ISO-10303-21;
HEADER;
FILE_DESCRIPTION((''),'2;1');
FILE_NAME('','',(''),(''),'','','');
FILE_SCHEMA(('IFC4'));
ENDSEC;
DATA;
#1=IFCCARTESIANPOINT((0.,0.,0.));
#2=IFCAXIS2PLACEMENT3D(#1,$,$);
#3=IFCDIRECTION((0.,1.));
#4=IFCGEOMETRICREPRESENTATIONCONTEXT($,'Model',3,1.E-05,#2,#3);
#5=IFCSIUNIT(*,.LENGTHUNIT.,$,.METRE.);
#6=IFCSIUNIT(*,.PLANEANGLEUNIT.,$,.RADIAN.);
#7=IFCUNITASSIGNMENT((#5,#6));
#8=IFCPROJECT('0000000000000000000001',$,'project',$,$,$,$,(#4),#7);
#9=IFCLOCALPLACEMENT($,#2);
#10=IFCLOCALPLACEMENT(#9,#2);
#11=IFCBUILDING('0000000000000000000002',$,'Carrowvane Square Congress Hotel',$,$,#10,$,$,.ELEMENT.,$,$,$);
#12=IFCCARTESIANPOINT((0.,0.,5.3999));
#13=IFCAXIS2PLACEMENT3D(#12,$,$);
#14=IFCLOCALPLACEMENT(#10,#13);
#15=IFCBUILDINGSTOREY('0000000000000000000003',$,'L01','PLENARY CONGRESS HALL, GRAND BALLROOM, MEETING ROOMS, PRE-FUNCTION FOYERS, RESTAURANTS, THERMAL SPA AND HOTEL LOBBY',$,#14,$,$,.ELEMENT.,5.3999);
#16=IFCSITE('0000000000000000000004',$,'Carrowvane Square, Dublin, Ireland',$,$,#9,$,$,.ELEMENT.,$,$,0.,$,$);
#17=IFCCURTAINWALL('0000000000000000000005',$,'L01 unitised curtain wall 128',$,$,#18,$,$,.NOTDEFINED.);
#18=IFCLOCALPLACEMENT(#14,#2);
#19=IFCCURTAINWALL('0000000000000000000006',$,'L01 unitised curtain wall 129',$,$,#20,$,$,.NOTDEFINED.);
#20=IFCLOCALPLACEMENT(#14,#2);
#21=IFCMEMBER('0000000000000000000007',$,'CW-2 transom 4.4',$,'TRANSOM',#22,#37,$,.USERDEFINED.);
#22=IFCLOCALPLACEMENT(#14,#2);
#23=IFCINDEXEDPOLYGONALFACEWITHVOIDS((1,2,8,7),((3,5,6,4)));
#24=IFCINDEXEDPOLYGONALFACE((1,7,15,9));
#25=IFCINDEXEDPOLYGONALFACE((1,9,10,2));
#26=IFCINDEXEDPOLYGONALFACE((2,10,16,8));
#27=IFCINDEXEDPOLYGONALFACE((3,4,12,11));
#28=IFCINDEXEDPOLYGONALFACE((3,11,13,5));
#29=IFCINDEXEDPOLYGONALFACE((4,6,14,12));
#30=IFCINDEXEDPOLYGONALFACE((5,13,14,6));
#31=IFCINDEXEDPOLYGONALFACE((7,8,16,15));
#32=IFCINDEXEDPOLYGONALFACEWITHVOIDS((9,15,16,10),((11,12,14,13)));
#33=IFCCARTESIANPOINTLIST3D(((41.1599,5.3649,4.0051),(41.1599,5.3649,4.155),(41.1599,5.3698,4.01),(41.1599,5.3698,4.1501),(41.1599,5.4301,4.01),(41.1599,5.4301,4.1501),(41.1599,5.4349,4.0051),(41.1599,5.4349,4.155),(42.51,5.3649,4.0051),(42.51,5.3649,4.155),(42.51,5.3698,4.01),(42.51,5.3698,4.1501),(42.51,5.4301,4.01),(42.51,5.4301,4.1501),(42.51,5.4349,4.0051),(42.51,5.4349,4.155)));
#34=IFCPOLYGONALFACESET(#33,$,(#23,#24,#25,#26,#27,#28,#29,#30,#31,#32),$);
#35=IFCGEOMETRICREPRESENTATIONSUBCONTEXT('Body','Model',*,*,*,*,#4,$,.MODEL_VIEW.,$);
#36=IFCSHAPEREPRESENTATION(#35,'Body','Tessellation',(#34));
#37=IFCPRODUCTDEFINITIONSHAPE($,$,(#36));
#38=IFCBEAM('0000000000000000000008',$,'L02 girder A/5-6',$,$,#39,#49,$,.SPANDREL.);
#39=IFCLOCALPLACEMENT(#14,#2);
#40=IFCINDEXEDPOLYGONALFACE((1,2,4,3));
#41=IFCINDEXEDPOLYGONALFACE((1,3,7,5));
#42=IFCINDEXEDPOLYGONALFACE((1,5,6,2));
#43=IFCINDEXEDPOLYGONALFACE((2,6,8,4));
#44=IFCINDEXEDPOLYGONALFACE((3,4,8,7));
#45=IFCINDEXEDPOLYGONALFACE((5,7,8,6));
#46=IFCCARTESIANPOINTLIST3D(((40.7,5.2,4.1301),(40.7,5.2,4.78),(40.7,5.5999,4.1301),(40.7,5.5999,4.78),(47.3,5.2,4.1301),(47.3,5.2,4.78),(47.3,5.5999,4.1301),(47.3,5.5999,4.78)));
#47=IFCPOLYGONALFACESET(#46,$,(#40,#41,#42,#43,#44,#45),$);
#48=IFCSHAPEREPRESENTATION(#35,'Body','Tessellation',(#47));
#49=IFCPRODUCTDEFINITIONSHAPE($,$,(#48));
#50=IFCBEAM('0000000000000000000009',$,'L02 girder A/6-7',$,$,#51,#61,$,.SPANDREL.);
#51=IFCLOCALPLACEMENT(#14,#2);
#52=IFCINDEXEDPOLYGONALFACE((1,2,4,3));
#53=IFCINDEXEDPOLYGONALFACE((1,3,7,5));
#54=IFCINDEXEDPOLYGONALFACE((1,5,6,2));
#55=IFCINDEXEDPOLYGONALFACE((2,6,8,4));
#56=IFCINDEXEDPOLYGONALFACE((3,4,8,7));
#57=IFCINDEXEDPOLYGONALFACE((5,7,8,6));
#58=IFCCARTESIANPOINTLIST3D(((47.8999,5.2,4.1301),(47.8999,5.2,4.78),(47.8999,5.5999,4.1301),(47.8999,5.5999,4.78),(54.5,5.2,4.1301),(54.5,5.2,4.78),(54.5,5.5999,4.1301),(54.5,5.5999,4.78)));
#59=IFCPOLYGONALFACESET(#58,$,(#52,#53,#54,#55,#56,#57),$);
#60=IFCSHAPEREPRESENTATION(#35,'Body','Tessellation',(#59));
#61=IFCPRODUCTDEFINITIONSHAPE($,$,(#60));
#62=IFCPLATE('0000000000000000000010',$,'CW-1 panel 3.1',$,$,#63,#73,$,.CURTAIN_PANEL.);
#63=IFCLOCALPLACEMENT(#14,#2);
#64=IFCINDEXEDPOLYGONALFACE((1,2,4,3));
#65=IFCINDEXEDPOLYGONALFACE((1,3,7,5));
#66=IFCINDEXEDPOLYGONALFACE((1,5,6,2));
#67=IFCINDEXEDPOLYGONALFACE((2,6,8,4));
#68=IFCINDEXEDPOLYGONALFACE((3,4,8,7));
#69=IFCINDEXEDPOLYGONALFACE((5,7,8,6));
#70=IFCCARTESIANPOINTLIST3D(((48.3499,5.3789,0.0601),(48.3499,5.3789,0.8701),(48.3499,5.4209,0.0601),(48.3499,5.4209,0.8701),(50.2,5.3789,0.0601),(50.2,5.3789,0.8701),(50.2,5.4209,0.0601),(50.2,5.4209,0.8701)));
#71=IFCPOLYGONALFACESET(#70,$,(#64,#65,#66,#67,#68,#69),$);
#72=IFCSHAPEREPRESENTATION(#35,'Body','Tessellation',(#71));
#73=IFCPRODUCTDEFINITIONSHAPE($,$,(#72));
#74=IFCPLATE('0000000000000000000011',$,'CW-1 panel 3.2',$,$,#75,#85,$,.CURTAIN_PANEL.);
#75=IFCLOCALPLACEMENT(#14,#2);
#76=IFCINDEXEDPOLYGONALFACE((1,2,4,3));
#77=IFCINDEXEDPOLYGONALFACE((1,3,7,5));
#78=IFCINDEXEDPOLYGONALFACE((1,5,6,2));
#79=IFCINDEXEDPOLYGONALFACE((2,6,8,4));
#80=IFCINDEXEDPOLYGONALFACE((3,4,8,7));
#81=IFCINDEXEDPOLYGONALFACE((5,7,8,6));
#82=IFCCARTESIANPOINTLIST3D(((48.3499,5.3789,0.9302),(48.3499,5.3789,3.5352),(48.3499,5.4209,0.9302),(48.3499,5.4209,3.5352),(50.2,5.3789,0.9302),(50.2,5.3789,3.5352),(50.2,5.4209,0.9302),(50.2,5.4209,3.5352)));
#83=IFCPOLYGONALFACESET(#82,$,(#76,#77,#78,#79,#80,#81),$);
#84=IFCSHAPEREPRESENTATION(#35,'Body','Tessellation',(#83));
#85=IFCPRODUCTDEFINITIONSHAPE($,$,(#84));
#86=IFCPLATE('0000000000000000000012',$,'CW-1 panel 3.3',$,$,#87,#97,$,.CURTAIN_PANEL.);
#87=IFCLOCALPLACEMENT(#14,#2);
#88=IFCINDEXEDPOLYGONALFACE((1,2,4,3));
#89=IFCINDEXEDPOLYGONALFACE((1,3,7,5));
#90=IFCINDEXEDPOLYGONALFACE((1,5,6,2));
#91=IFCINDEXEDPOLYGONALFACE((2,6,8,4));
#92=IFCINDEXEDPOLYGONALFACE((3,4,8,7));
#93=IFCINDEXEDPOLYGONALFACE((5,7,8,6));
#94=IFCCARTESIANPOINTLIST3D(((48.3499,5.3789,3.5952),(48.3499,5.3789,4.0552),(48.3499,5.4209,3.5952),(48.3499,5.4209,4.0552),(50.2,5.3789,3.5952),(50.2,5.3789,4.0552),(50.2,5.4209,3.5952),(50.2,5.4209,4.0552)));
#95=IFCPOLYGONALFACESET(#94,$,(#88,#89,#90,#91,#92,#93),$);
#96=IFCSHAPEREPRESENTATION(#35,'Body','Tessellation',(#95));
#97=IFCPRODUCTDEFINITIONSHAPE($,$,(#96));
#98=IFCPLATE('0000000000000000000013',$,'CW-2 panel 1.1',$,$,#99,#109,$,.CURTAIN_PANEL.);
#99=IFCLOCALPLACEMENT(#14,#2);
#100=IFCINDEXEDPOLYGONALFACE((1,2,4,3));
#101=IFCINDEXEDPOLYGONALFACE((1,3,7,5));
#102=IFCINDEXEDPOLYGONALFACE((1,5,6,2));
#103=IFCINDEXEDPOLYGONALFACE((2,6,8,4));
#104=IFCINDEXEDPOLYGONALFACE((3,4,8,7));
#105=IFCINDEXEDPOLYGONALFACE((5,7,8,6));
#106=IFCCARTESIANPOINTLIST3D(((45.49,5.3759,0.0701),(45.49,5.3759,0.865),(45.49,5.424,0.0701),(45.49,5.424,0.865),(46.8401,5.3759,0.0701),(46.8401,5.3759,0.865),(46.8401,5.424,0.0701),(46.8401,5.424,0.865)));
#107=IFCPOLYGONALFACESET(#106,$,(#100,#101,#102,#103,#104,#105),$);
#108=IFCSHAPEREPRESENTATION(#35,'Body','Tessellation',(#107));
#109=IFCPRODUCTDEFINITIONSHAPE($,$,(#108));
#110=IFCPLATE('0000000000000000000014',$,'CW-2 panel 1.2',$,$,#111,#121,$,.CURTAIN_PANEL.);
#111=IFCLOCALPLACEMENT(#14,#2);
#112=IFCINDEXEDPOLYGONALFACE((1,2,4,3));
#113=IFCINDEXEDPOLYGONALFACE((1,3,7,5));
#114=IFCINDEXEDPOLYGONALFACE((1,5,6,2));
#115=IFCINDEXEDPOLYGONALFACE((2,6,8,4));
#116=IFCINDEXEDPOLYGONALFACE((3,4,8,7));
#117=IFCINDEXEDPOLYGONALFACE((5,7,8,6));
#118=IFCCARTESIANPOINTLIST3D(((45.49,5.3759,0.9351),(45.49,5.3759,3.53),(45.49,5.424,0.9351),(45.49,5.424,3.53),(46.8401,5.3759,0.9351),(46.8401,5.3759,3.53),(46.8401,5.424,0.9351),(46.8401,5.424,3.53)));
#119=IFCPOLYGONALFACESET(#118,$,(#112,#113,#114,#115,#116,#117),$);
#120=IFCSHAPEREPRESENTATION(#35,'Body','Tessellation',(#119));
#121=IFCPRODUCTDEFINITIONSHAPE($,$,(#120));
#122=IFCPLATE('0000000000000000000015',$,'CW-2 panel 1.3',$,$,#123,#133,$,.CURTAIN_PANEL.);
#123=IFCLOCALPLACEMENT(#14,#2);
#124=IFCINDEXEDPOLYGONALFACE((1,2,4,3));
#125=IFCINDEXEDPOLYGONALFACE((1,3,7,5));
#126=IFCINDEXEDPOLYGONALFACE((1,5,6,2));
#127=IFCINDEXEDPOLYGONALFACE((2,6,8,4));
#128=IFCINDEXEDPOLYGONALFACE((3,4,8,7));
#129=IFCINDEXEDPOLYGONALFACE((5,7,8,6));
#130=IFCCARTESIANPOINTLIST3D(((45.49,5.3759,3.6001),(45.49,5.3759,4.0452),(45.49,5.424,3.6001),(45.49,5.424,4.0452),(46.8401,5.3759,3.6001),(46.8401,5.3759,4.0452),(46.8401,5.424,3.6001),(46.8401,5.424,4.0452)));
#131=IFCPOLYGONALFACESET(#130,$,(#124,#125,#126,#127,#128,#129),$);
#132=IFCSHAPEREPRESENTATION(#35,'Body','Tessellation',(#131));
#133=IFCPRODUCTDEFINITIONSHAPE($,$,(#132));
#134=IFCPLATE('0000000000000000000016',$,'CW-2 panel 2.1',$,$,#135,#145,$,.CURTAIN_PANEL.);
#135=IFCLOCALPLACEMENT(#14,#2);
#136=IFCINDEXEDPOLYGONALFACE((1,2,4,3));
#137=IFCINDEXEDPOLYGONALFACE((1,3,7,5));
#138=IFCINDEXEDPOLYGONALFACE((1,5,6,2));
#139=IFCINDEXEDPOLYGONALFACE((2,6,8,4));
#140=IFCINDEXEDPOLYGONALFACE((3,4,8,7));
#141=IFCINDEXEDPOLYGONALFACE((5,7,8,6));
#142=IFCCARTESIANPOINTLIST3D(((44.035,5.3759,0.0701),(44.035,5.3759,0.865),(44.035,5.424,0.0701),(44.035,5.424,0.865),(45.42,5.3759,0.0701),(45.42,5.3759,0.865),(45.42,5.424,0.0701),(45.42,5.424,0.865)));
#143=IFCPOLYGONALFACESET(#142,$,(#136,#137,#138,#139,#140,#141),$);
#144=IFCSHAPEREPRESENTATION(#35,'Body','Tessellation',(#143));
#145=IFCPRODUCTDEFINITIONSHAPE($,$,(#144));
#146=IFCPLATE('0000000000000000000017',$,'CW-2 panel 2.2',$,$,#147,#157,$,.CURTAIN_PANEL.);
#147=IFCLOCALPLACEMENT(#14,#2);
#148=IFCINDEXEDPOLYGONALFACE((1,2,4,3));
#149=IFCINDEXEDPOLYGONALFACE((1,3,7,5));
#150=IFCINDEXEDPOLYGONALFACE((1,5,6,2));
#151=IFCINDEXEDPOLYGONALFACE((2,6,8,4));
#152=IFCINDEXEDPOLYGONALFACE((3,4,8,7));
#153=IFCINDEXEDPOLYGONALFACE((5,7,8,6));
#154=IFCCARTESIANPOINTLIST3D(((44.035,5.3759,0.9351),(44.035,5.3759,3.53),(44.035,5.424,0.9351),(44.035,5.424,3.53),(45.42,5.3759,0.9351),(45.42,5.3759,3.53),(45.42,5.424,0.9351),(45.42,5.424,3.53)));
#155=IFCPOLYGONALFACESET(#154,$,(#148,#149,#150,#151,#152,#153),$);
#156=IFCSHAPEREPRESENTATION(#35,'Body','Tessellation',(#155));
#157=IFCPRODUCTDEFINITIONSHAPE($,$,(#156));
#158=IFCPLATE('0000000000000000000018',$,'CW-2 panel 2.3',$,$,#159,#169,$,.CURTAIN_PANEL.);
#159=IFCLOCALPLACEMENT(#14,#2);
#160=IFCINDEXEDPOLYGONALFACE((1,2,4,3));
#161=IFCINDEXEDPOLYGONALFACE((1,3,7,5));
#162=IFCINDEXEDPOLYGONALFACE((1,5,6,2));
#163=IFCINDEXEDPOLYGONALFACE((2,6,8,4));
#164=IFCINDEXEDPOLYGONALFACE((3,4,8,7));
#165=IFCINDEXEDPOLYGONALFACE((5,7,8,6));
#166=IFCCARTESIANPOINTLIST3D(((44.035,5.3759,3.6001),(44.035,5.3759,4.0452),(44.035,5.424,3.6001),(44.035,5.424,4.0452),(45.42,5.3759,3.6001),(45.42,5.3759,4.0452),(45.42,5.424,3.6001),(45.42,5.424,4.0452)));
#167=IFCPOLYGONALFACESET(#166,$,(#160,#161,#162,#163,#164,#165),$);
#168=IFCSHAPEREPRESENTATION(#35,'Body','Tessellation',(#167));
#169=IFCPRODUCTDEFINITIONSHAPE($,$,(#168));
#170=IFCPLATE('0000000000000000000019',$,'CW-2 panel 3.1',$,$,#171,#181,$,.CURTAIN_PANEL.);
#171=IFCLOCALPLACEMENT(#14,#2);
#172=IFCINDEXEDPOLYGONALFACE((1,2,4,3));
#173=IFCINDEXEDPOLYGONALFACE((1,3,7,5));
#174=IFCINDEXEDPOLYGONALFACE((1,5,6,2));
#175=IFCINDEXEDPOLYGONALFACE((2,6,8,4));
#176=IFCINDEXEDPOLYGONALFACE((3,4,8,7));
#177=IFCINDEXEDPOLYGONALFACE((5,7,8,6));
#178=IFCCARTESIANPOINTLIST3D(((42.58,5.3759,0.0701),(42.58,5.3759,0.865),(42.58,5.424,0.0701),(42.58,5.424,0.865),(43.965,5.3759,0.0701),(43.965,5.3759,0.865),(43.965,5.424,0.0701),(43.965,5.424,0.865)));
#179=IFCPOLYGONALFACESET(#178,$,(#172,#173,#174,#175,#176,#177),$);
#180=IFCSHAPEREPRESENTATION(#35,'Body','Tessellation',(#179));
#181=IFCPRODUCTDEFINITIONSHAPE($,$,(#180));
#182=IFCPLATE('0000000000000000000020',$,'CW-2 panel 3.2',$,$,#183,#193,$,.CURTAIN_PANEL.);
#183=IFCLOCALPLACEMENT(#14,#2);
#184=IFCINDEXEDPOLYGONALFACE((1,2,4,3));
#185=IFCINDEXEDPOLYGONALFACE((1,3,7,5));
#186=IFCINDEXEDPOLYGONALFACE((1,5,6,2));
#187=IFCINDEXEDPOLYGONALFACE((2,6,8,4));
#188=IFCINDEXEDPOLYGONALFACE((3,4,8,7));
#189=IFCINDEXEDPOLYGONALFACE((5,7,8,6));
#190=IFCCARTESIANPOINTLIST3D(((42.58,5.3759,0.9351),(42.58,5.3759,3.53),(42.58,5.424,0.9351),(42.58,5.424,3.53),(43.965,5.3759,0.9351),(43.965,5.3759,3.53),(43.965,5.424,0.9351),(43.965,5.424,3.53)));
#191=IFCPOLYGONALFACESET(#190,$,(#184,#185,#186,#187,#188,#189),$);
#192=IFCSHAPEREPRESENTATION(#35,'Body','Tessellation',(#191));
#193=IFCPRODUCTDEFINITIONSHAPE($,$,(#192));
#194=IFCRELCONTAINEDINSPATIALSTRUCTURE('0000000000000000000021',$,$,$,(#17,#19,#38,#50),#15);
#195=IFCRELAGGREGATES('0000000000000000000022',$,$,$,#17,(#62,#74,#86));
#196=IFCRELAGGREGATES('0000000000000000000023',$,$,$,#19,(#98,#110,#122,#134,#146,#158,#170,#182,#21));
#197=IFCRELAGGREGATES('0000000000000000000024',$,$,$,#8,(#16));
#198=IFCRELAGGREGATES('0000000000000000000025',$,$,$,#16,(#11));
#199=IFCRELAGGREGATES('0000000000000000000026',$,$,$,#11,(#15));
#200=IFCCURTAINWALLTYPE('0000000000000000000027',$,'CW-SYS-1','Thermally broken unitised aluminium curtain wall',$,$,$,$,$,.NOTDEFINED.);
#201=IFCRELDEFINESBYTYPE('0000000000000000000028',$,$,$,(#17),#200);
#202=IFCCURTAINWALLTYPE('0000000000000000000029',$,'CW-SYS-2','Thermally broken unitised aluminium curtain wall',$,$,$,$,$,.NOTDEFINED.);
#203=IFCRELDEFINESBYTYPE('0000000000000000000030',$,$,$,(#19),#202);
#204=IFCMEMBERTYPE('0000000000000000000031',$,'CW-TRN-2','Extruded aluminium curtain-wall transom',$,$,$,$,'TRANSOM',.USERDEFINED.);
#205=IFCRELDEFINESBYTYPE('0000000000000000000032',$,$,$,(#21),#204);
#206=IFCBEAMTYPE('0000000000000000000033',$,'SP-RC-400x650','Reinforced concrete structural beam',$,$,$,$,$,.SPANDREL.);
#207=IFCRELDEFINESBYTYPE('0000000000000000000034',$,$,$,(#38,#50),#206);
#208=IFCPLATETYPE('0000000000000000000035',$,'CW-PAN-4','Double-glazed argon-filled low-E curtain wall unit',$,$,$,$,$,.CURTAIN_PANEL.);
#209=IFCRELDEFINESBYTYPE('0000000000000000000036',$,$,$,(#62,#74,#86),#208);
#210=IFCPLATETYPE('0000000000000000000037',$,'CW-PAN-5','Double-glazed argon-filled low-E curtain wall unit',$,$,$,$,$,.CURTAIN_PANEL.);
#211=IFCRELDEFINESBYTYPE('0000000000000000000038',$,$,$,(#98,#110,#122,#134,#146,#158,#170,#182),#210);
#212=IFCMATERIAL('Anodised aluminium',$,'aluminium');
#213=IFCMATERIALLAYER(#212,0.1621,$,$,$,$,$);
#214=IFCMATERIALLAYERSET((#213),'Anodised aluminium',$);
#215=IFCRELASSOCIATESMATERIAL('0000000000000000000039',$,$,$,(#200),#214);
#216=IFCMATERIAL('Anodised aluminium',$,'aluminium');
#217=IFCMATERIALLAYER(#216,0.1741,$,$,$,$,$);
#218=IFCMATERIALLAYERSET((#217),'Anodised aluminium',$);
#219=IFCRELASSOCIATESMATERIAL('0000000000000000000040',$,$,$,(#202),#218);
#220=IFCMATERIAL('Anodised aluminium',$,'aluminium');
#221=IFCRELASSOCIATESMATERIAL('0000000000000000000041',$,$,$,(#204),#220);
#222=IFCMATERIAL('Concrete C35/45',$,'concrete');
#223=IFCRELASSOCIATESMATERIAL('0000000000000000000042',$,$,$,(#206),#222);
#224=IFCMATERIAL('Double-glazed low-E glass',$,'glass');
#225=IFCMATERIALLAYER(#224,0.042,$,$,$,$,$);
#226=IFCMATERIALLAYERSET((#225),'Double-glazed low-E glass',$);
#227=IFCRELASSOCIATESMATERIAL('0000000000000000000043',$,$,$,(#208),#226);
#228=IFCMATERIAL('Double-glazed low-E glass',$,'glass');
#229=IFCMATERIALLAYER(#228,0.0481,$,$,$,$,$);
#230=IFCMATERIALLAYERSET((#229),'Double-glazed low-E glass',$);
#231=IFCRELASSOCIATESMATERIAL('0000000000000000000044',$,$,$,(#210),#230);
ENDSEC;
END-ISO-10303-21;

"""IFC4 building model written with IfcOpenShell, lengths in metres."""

from ifc_helpers import new_model, si_unit, direction, frame, origin, origin_2d, place, context, subcontext, project, spatial, rectangle, hollow_rectangle, extrude, material, layer, layer_set, material_profile, profile_set, type_object, element, aggregate, save


model = new_model("IFC4")

# Units and contexts
model_context = context("Model", 3, precision=1e-05, world=origin(), true_north=direction((0.0, 1.0)))
body_context = subcontext(model_context, "Body", "Model", "MODEL_VIEW")
ifc_project = project(units=[si_unit("LENGTHUNIT", "METRE"), si_unit("PLANEANGLEUNIT", "RADIAN")], contexts=[model_context])

# Site, building, storey
site_placement = place(None, origin())
site = spatial("IfcSite", under=ifc_project, at=site_placement, Name="Carrowvane Square, Dublin, Ireland", CompositionType="ELEMENT", RefElevation=0.0)
building_placement = place(site_placement, origin())
building = spatial("IfcBuilding", under=site, at=building_placement, Name="Carrowvane Square Congress Hotel", CompositionType="ELEMENT")
storey_placement = place(building_placement, frame((0.0, 0.0, 5.3999)))
storey = spatial("IfcBuildingStorey", under=building, at=storey_placement, Name="L01", Description="PLENARY CONGRESS HALL, GRAND BALLROOM, MEETING ROOMS, PRE-FUNCTION FOYERS, RESTAURANTS, THERMAL SPA AND HOTEL LOBBY", CompositionType="ELEMENT", Elevation=5.3999)

# Curtain wall
ifc_material_1 = material(Name="Anodised aluminium", Category="aluminium")
ifc_layer_1 = layer(ifc_material_1, 0.1621)
ifc_layer_set_1 = layer_set([ifc_layer_1], Name="Anodised aluminium")
curtain_wall_type_1 = type_object("IfcCurtainWallType", Name="CW-SYS-1", Description="Thermally broken unitised aluminium curtain wall", PredefinedType="NOTDEFINED", material=ifc_layer_set_1)
curtain_wall_1_placement = place(storey_placement, origin())
curtain_wall_1 = element("IfcCurtainWall", 1, at=curtain_wall_1_placement, inside=storey, type_object=curtain_wall_type_1, Name="L01 unitised curtain wall 128", PredefinedType="NOTDEFINED")

# Curtain wall, member
ifc_material_2 = material(Name="Anodised aluminium", Category="aluminium")
ifc_layer_2 = layer(ifc_material_2, 0.1741)
ifc_layer_set_2 = layer_set([ifc_layer_2], Name="Anodised aluminium")
curtain_wall_type_2 = type_object("IfcCurtainWallType", Name="CW-SYS-2", Description="Thermally broken unitised aluminium curtain wall", PredefinedType="NOTDEFINED", material=ifc_layer_set_2)
curtain_wall_2_placement = place(storey_placement, origin())
curtain_wall_2 = element("IfcCurtainWall", 2, at=curtain_wall_2_placement, inside=storey, type_object=curtain_wall_type_2, Name="L01 unitised curtain wall 129", PredefinedType="NOTDEFINED")
ifc_material_3 = material(Name="Anodised aluminium", Category="aluminium")
ifc_material_profile_1 = material_profile(ifc_material_3, hollow_rectangle(XDim=0.0701, YDim=0.1499, WallThickness=0.0049, at=origin_2d()), Name="CW-TR 70x150x5")
ifc_profile_set_1 = profile_set([ifc_material_profile_1], Name="Anodised aluminium")
member_type_1 = type_object("IfcMemberType", Name="CW-TRN-2", Description="Extruded aluminium curtain-wall transom", ElementType="TRANSOM", PredefinedType="USERDEFINED", material=ifc_profile_set_1)
member_1_placement = place(storey_placement, frame((42.51, 5.3999, 4.0801), z_axis=(-1.0, 0.0, 0.0), x_axis=(0.0, -1.0, 0.0)))
member_1 = element("IfcMember", 3, at=member_1_placement, type_object=member_type_1, Name="CW-2 transom 4.4", ObjectType="TRANSOM", PredefinedType="USERDEFINED", context=body_context, shape_type="SweptSolid", body=[
    extrude(hollow_rectangle(XDim=0.0701, YDim=0.1499, WallThickness=0.0049, at=origin_2d()), origin(), (0.0, 0.0, 1.0), 1.3501),
])

# Beams
ifc_material_4 = material(Name="Concrete C35/45", Category="concrete")
ifc_material_profile_2 = material_profile(ifc_material_4, rectangle(XDim=0.3999, YDim=0.6499, at=origin_2d()), Name="RC 400x650")
ifc_profile_set_2 = profile_set([ifc_material_profile_2], Name="Concrete C35/45")
beam_type = type_object("IfcBeamType", Name="SP-RC-400x650", Description="Reinforced concrete structural beam", PredefinedType="SPANDREL", material=ifc_profile_set_2)
for number, where, z_axis, x_axis, name in (
    (4, (40.7, 5.3999, 4.4551), (1.0, 0.0, 0.0), (0.0, 1.0, 0.0), "L02 girder A/5-6"),
    (5, (47.8999, 5.3999, 4.4551), (1.0, 0.0, 0.0), (0.0, 1.0, 0.0), "L02 girder A/6-7"),
):
    element("IfcBeam", number, at=place(storey_placement, frame(where, z_axis=z_axis, x_axis=x_axis)), inside=storey, type_object=beam_type, Name=name, PredefinedType="SPANDREL", context=body_context, shape_type="SweptSolid", body=[
        extrude(rectangle(XDim=0.3999, YDim=0.6499, at=origin_2d()), origin(), (0.0, 0.0, 1.0), 6.6001),
    ])

# Plates
ifc_material_5 = material(Name="Double-glazed low-E glass", Category="glass")
ifc_layer_3 = layer(ifc_material_5, 0.042)
ifc_layer_set_3 = layer_set([ifc_layer_3], Name="Double-glazed low-E glass")
plate_type_1 = type_object("IfcPlateType", Name="CW-PAN-4", Description="Double-glazed argon-filled low-E curtain wall unit", PredefinedType="CURTAIN_PANEL", material=ifc_layer_set_3)
plate_1_placement = place(storey_placement, frame((49.2749, 5.3999, 0.0601), z_axis=(0.0, 0.0, 1.0), x_axis=(-1.0, 0.0, 0.0)))
plate_1 = element("IfcPlate", 6, at=plate_1_placement, type_object=plate_type_1, Name="CW-1 panel 3.1", PredefinedType="CURTAIN_PANEL", context=body_context, shape_type="SweptSolid", body=[
    extrude(rectangle(XDim=1.8501, YDim=0.042, at=origin_2d()), origin(), (0.0, 0.0, 1.0), 0.8101),
])
plate_2_placement = place(storey_placement, frame((49.2749, 5.3999, 0.9302), z_axis=(0.0, 0.0, 1.0), x_axis=(-1.0, 0.0, 0.0)))
plate_2 = element("IfcPlate", 7, at=plate_2_placement, type_object=plate_type_1, Name="CW-1 panel 3.2", PredefinedType="CURTAIN_PANEL", context=body_context, shape_type="SweptSolid", body=[
    extrude(rectangle(XDim=1.8501, YDim=0.042, at=origin_2d()), origin(), (0.0, 0.0, 1.0), 2.605),
])
plate_3_placement = place(storey_placement, frame((49.2749, 5.3999, 3.5952), z_axis=(0.0, 0.0, 1.0), x_axis=(-1.0, 0.0, 0.0)))
plate_3 = element("IfcPlate", 8, at=plate_3_placement, type_object=plate_type_1, Name="CW-1 panel 3.3", PredefinedType="CURTAIN_PANEL", context=body_context, shape_type="SweptSolid", body=[
    extrude(rectangle(XDim=1.8501, YDim=0.042, at=origin_2d()), origin(), (0.0, 0.0, 1.0), 0.46),
])
aggregate(curtain_wall_1, [plate_1, plate_2, plate_3])
ifc_material_6 = material(Name="Double-glazed low-E glass", Category="glass")
ifc_layer_4 = layer(ifc_material_6, 0.0481)
ifc_layer_set_4 = layer_set([ifc_layer_4], Name="Double-glazed low-E glass")
plate_type_2 = type_object("IfcPlateType", Name="CW-PAN-5", Description="Double-glazed argon-filled low-E curtain wall unit", PredefinedType="CURTAIN_PANEL", material=ifc_layer_set_4)
plate_4_placement = place(storey_placement, frame((46.165, 5.3999, 0.0701), z_axis=(0.0, 0.0, 1.0), x_axis=(-1.0, 0.0, 0.0)))
plate_4 = element("IfcPlate", 9, at=plate_4_placement, type_object=plate_type_2, Name="CW-2 panel 1.1", PredefinedType="CURTAIN_PANEL", context=body_context, shape_type="SweptSolid", body=[
    extrude(rectangle(XDim=1.3501, YDim=0.0481, at=origin_2d()), origin(), (0.0, 0.0, 1.0), 0.7949),
])
plate_5_placement = place(storey_placement, frame((46.165, 5.3999, 0.9351), z_axis=(0.0, 0.0, 1.0), x_axis=(-1.0, 0.0, 0.0)))
plate_5 = element("IfcPlate", 10, at=plate_5_placement, type_object=plate_type_2, Name="CW-2 panel 1.2", PredefinedType="CURTAIN_PANEL", context=body_context, shape_type="SweptSolid", body=[
    extrude(rectangle(XDim=1.3501, YDim=0.0481, at=origin_2d()), origin(), (0.0, 0.0, 1.0), 2.595),
])
plate_6_placement = place(storey_placement, frame((46.165, 5.3999, 3.6001), z_axis=(0.0, 0.0, 1.0), x_axis=(-1.0, 0.0, 0.0)))
plate_6 = element("IfcPlate", 11, at=plate_6_placement, type_object=plate_type_2, Name="CW-2 panel 1.3", PredefinedType="CURTAIN_PANEL", context=body_context, shape_type="SweptSolid", body=[
    extrude(rectangle(XDim=1.3501, YDim=0.0481, at=origin_2d()), origin(), (0.0, 0.0, 1.0), 0.4451),
])
plate_7_placement = place(storey_placement, frame((44.7275, 5.3999, 0.0701), z_axis=(0.0, 0.0, 1.0), x_axis=(-1.0, 0.0, 0.0)))
plate_7 = element("IfcPlate", 12, at=plate_7_placement, type_object=plate_type_2, Name="CW-2 panel 2.1", PredefinedType="CURTAIN_PANEL", context=body_context, shape_type="SweptSolid", body=[
    extrude(rectangle(XDim=1.385, YDim=0.0481, at=origin_2d()), origin(), (0.0, 0.0, 1.0), 0.7949),
])
plate_8_placement = place(storey_placement, frame((44.7275, 5.3999, 0.9351), z_axis=(0.0, 0.0, 1.0), x_axis=(-1.0, 0.0, 0.0)))
plate_8 = element("IfcPlate", 13, at=plate_8_placement, type_object=plate_type_2, Name="CW-2 panel 2.2", PredefinedType="CURTAIN_PANEL", context=body_context, shape_type="SweptSolid", body=[
    extrude(rectangle(XDim=1.385, YDim=0.0481, at=origin_2d()), origin(), (0.0, 0.0, 1.0), 2.595),
])
plate_9_placement = place(storey_placement, frame((44.7275, 5.3999, 3.6001), z_axis=(0.0, 0.0, 1.0), x_axis=(-1.0, 0.0, 0.0)))
plate_9 = element("IfcPlate", 14, at=plate_9_placement, type_object=plate_type_2, Name="CW-2 panel 2.3", PredefinedType="CURTAIN_PANEL", context=body_context, shape_type="SweptSolid", body=[
    extrude(rectangle(XDim=1.385, YDim=0.0481, at=origin_2d()), origin(), (0.0, 0.0, 1.0), 0.4451),
])
plate_10_placement = place(storey_placement, frame((43.2725, 5.3999, 0.0701), z_axis=(0.0, 0.0, 1.0), x_axis=(-1.0, 0.0, 0.0)))
plate_10 = element("IfcPlate", 15, at=plate_10_placement, type_object=plate_type_2, Name="CW-2 panel 3.1", PredefinedType="CURTAIN_PANEL", context=body_context, shape_type="SweptSolid", body=[
    extrude(rectangle(XDim=1.385, YDim=0.0481, at=origin_2d()), origin(), (0.0, 0.0, 1.0), 0.7949),
])
plate_11_placement = place(storey_placement, frame((43.2725, 5.3999, 0.9351), z_axis=(0.0, 0.0, 1.0), x_axis=(-1.0, 0.0, 0.0)))
plate_11 = element("IfcPlate", 16, at=plate_11_placement, type_object=plate_type_2, Name="CW-2 panel 3.2", PredefinedType="CURTAIN_PANEL", context=body_context, shape_type="SweptSolid", body=[
    extrude(rectangle(XDim=1.385, YDim=0.0481, at=origin_2d()), origin(), (0.0, 0.0, 1.0), 2.595),
])
aggregate(curtain_wall_2, [plate_4, plate_5, plate_6, plate_7, plate_8, plate_9, plate_10, plate_11, member_1])

save(model, "model.ifc")
